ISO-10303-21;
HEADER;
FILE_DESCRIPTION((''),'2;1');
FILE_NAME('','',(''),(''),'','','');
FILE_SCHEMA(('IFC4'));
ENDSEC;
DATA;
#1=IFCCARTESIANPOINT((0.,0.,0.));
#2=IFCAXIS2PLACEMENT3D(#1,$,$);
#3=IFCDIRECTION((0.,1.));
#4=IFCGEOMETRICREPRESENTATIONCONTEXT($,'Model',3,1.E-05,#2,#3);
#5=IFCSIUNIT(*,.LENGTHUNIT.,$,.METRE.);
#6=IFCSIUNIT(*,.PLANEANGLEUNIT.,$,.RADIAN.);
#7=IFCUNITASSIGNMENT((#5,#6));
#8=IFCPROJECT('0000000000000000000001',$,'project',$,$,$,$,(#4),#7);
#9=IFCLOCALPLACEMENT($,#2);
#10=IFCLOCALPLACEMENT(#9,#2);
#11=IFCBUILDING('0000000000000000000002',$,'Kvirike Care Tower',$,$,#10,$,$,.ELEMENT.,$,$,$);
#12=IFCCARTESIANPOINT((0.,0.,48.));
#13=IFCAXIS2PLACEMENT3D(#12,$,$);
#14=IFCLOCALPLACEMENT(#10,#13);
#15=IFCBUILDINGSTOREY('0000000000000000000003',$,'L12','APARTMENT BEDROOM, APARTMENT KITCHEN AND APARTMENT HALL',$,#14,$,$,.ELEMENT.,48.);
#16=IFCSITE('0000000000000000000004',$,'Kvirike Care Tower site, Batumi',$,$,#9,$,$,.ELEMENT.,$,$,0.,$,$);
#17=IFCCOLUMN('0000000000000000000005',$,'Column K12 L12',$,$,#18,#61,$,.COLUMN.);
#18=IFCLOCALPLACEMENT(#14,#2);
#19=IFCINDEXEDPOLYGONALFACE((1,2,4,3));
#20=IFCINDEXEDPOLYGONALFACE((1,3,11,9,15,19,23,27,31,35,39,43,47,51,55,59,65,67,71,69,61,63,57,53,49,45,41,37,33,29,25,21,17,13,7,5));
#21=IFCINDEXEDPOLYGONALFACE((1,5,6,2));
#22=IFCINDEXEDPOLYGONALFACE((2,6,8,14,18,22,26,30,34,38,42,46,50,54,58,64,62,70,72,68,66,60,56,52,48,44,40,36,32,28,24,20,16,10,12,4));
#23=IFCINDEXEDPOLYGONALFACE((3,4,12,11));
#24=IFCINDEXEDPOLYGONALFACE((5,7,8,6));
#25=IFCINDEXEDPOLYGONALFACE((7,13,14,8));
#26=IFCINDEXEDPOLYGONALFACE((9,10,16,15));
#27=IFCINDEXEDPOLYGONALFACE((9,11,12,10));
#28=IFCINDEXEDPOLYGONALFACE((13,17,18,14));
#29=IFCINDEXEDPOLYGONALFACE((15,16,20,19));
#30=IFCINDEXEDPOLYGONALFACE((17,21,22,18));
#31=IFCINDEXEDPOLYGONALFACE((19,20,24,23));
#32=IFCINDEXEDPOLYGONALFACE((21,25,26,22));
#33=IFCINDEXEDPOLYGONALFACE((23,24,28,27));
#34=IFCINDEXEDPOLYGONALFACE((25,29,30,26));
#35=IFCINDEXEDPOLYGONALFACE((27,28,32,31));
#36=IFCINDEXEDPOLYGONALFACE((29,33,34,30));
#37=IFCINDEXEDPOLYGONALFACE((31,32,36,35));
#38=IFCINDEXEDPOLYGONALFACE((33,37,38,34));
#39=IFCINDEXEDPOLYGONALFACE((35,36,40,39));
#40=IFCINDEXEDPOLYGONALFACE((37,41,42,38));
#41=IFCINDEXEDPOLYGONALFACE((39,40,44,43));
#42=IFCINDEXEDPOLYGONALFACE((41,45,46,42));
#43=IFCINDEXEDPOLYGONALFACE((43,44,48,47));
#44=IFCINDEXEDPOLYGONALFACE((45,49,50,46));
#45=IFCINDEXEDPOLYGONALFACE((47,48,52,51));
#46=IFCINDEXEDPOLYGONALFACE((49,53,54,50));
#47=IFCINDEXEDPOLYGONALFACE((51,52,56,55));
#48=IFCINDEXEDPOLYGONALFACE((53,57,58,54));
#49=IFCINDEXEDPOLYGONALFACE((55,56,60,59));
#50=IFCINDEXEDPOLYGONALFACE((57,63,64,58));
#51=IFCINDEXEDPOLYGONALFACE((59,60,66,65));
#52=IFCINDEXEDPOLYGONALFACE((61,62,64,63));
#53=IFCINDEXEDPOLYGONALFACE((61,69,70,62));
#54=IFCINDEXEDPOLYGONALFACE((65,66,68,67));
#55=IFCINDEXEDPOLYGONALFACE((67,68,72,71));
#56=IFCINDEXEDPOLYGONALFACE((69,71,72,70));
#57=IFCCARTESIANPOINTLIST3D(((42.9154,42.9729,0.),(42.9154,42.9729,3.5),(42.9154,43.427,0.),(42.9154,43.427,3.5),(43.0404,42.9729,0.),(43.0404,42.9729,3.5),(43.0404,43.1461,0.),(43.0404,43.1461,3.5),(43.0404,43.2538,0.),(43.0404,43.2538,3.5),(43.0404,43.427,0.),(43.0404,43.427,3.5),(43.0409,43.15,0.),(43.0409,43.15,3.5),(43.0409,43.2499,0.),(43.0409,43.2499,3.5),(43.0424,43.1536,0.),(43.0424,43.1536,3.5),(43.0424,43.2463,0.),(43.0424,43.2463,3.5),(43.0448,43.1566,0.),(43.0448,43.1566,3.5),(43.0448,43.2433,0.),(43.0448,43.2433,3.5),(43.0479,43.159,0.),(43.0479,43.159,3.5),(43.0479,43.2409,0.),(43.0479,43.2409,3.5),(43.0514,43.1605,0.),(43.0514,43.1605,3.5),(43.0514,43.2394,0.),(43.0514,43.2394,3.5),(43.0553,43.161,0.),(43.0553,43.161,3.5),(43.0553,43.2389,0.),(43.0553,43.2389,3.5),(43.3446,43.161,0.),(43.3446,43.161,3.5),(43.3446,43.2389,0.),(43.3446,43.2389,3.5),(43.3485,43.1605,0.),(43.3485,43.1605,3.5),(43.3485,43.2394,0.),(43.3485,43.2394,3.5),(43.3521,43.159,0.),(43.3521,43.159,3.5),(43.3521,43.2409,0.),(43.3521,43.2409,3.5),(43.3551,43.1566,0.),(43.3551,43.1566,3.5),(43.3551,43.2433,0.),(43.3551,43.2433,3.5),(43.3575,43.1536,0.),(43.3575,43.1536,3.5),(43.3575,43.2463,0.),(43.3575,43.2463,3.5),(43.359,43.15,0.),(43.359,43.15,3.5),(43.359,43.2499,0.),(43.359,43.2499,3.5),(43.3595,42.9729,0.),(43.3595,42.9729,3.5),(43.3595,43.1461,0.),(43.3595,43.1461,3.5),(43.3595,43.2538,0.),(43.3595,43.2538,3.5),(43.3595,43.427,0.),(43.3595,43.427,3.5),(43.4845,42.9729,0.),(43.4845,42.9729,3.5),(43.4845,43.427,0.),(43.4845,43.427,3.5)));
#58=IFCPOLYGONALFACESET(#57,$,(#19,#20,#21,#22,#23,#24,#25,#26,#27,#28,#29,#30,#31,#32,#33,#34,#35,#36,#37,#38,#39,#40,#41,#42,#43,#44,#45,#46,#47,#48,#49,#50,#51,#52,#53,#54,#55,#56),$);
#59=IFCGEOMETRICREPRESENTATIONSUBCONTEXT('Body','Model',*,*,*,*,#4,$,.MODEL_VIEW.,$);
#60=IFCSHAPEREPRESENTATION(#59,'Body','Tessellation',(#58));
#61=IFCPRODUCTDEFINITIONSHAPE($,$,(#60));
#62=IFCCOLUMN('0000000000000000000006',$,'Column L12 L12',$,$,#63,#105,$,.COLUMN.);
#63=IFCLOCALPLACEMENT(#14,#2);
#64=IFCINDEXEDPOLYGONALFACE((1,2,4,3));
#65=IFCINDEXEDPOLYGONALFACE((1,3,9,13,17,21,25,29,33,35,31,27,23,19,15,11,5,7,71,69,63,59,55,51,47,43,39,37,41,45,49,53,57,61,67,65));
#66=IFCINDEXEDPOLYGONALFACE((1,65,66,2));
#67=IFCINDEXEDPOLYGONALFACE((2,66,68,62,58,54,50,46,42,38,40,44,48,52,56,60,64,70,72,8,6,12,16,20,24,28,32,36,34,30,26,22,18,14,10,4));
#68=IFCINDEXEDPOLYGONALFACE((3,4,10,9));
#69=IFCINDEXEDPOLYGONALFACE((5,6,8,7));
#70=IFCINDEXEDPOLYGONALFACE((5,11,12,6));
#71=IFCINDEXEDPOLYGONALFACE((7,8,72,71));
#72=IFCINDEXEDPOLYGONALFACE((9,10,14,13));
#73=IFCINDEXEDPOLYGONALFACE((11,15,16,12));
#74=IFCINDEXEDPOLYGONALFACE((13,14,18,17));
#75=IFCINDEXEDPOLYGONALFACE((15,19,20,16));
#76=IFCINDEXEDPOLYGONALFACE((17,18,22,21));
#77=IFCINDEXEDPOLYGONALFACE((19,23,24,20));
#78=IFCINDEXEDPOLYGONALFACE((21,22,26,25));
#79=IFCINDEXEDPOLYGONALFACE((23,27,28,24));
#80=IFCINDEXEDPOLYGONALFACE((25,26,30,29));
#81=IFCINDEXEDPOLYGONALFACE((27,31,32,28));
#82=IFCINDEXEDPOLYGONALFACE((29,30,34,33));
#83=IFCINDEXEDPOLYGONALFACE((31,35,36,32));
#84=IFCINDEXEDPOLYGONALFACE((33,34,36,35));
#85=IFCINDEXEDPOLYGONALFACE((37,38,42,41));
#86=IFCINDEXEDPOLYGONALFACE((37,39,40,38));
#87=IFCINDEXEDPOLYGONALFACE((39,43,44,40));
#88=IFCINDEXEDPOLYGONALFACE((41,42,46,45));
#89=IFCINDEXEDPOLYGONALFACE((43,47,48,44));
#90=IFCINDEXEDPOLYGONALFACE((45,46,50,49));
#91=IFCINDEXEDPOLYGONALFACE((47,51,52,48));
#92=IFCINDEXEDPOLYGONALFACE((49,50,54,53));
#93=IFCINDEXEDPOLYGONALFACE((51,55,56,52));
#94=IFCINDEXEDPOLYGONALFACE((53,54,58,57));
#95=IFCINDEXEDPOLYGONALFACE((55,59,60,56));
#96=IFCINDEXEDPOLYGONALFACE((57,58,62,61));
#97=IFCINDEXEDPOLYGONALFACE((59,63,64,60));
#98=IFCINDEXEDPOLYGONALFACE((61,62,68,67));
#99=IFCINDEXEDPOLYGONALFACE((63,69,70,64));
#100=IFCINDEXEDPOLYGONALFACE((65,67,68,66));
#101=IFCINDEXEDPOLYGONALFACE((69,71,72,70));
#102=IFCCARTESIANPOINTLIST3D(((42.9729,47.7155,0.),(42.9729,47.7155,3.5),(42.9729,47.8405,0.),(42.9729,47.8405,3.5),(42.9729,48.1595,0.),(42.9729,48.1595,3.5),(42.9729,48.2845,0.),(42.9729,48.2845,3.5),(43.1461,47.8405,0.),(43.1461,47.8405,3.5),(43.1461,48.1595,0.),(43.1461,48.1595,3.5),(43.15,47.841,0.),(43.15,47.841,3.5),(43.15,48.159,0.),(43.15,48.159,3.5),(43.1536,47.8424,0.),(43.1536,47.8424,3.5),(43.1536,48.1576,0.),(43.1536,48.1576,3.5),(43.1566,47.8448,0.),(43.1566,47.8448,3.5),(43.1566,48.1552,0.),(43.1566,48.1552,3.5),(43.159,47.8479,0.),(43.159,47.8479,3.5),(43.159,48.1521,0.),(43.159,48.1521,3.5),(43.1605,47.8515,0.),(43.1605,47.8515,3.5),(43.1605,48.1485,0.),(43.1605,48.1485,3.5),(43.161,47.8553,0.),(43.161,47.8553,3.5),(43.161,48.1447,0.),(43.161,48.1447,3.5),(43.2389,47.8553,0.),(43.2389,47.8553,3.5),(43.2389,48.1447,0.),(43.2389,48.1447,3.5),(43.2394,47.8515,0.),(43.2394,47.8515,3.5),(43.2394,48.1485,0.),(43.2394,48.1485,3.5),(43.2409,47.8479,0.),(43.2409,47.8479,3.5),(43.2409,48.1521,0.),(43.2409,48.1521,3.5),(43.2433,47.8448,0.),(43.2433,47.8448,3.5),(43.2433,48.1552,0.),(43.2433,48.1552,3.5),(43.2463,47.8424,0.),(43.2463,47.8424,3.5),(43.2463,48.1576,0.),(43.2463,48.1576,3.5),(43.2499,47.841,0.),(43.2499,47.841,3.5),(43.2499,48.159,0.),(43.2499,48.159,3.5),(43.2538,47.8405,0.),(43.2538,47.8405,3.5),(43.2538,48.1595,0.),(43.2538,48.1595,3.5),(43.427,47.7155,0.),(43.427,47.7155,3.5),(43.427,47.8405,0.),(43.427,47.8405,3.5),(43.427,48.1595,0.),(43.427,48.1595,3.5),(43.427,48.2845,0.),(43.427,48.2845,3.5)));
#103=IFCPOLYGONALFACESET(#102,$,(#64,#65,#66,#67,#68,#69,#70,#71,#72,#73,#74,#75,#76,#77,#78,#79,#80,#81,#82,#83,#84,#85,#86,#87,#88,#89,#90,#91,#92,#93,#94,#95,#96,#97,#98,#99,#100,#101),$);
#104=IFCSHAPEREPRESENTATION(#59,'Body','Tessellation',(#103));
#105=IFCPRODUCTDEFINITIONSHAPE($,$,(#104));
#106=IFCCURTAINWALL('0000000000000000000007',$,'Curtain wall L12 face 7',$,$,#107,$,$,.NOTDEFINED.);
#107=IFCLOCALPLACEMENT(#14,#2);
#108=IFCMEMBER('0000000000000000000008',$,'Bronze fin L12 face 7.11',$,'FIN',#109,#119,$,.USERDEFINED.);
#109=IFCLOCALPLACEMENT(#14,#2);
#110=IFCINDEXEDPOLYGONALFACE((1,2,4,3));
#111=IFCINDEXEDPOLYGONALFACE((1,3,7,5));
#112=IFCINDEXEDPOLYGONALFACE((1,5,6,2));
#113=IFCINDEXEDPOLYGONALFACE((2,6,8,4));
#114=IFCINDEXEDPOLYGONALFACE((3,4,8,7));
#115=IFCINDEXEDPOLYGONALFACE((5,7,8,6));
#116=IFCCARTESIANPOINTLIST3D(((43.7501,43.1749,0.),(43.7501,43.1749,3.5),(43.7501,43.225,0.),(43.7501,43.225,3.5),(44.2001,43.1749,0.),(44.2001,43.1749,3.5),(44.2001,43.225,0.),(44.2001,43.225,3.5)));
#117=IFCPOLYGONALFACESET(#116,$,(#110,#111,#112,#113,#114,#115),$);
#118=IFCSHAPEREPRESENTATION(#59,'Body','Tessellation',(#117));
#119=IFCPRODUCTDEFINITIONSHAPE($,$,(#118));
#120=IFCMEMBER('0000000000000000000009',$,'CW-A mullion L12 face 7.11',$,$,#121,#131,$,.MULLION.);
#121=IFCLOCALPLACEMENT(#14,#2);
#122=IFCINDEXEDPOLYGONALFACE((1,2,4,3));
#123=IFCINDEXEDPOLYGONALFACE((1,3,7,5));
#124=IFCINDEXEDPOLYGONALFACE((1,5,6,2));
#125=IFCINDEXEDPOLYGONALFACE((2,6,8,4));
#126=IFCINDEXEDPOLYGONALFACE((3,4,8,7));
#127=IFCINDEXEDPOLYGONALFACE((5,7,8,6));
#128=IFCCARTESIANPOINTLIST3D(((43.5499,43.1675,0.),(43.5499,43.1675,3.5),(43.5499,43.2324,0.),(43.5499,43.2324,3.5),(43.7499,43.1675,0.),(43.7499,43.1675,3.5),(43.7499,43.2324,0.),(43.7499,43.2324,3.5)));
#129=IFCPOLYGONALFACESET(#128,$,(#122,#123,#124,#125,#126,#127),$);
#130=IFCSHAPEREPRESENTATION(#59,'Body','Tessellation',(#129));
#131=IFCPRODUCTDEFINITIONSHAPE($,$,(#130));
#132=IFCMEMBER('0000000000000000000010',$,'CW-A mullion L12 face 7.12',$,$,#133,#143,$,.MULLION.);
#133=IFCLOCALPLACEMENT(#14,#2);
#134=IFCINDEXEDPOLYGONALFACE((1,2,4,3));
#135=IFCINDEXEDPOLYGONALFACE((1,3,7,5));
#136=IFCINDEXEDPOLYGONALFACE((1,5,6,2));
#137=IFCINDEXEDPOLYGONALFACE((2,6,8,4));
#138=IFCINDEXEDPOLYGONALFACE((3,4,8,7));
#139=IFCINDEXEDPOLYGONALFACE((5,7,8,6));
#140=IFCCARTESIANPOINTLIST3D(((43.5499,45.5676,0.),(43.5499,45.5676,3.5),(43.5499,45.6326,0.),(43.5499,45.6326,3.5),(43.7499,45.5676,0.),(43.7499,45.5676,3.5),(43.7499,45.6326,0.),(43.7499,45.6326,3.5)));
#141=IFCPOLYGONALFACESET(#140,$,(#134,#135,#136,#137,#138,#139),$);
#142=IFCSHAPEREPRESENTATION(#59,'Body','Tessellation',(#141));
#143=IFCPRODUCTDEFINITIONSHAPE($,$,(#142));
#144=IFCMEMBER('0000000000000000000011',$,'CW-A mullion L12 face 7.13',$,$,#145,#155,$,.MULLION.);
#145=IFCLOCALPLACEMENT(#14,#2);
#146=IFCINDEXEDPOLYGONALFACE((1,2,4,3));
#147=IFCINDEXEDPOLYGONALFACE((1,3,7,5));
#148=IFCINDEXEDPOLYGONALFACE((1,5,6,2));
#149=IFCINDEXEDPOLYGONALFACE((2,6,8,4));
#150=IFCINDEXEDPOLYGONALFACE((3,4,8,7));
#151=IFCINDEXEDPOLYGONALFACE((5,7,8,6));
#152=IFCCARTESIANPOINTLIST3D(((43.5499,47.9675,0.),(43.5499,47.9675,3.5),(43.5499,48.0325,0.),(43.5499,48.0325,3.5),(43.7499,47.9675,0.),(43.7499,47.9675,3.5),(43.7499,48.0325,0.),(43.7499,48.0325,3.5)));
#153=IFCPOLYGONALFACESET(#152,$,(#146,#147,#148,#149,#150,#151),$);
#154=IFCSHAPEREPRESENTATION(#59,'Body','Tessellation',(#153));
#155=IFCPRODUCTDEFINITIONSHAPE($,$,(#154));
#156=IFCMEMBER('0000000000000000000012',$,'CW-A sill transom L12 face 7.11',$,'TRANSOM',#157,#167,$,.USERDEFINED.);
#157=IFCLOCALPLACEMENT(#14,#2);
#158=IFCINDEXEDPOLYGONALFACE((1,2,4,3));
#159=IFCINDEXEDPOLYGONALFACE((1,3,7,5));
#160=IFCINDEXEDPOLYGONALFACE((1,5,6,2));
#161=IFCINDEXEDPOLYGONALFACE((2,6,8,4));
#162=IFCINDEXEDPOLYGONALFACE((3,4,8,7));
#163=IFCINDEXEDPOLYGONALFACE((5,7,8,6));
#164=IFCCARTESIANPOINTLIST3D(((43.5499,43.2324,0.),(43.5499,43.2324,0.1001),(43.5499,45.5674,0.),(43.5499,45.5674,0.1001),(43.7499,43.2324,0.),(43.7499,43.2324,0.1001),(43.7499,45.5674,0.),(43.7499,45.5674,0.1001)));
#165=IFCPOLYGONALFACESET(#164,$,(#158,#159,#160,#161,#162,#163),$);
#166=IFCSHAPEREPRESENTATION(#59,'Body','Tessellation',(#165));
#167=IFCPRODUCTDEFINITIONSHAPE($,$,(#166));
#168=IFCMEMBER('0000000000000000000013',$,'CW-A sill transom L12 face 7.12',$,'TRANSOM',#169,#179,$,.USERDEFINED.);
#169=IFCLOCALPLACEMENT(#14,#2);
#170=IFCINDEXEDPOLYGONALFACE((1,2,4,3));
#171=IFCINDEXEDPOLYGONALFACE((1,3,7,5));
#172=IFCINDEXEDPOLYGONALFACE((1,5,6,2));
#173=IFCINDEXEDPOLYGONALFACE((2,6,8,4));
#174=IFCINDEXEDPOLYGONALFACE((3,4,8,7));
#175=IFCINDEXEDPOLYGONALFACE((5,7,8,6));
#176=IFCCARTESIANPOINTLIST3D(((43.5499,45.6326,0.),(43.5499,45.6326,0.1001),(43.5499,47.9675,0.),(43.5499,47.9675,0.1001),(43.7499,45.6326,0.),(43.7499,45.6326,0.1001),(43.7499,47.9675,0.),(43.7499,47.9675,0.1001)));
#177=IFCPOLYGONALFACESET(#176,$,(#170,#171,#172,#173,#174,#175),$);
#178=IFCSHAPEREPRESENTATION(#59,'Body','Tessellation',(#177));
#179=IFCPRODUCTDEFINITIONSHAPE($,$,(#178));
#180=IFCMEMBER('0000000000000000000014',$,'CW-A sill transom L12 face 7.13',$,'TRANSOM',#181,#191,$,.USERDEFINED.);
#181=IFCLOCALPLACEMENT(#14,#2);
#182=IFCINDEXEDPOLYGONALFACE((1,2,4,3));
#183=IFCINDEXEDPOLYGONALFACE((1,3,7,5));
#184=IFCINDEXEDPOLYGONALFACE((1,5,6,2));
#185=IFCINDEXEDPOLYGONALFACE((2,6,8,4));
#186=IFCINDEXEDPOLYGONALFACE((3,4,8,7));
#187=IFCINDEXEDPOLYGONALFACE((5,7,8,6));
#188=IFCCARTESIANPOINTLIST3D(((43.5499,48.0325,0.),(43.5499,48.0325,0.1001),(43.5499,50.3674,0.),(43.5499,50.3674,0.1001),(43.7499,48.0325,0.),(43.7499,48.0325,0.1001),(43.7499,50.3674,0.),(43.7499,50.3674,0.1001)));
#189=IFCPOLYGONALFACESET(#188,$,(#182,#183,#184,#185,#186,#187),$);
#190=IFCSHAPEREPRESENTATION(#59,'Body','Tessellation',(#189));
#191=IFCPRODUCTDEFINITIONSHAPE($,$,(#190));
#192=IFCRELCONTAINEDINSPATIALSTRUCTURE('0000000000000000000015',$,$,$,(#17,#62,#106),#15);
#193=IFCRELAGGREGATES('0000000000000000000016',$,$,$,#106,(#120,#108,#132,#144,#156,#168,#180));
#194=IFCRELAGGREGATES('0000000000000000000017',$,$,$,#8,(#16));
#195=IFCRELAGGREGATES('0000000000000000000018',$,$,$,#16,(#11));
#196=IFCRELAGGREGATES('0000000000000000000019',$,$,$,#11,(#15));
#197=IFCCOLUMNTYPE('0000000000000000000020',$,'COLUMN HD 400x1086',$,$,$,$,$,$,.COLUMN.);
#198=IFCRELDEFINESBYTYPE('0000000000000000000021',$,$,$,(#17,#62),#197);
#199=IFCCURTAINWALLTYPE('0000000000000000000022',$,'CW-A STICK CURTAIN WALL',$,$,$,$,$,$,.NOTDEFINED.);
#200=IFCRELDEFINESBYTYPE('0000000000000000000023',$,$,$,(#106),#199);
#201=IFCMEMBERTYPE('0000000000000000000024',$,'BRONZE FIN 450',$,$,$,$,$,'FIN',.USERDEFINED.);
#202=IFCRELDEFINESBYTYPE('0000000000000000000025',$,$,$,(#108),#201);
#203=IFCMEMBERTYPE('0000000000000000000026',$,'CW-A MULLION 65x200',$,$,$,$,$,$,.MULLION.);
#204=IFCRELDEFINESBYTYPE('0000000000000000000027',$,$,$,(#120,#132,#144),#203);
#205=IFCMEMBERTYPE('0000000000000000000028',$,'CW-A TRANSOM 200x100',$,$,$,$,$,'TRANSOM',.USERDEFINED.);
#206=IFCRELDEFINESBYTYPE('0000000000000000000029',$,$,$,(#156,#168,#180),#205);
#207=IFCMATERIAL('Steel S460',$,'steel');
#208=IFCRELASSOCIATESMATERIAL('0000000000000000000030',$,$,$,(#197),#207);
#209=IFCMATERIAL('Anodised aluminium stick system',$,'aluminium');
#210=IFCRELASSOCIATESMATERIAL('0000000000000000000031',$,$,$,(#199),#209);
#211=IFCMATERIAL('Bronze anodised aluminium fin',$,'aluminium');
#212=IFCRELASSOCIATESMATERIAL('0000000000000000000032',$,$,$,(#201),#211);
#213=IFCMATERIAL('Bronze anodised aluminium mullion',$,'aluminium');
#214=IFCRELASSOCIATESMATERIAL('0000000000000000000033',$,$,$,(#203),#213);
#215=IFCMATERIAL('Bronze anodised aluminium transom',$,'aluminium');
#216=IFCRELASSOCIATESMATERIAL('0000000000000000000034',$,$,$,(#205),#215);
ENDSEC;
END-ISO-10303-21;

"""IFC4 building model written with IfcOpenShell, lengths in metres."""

from ifc_helpers import new_model, si_unit, direction, frame, origin, origin_2d, place, context, subcontext, project, spatial, rectangle, i_section, extrude, material, material_profile, profile_set, type_object, element, aggregate, save


model = new_model("IFC4")

# Units and contexts
model_context = context("Model", 3, precision=1e-05, world=origin(), true_north=direction((0.0, 1.0)))
body_context = subcontext(model_context, "Body", "Model", "MODEL_VIEW")
ifc_project = project(units=[si_unit("LENGTHUNIT", "METRE"), si_unit("PLANEANGLEUNIT", "RADIAN")], contexts=[model_context])

# Site, building, storey
site_placement = place(None, origin())
site = spatial("IfcSite", under=ifc_project, at=site_placement, Name="Kvirike Care Tower site, Batumi", CompositionType="ELEMENT", RefElevation=0.0)
building_placement = place(site_placement, origin())
building = spatial("IfcBuilding", under=site, at=building_placement, Name="Kvirike Care Tower", CompositionType="ELEMENT")
storey_placement = place(building_placement, frame((0.0, 0.0, 48.0)))
storey = spatial("IfcBuildingStorey", under=building, at=storey_placement, Name="L12", Description="APARTMENT BEDROOM, APARTMENT KITCHEN AND APARTMENT HALL", CompositionType="ELEMENT", Elevation=48.0)

# Columns
ifc_material_1 = material(Name="Steel S460", Category="steel")
ifc_material_profile_1 = material_profile(ifc_material_1, i_section(OverallWidth=0.4541, OverallDepth=0.5691, WebThickness=0.0779, FlangeThickness=0.125, FilletRadius=0.0149, at=origin_2d()), Name="HD 400x1086")
ifc_profile_set_1 = profile_set([ifc_material_profile_1], Name="Steel S460")
column_type = type_object("IfcColumnType", Name="COLUMN HD 400x1086", PredefinedType="COLUMN", material=ifc_profile_set_1)
for number, where, z_axis, x_axis, name in (
    (1, (43.2, 43.2, 0.0), (0.0, 0.0, 1.0), (0.0, 1.0, 0.0), "Column K12 L12"),
    (2, (43.2, 48.0, 0.0), (0.0, 0.0, 1.0), (1.0, 0.0, 0.0), "Column L12 L12"),
):
    element("IfcColumn", number, at=place(storey_placement, frame(where, z_axis=z_axis, x_axis=x_axis)), inside=storey, type_object=column_type, Name=name, PredefinedType="COLUMN", context=body_context, shape_type="SweptSolid", body=[
        extrude(i_section(OverallWidth=0.4541, OverallDepth=0.5691, WebThickness=0.0779, FlangeThickness=0.125, FilletRadius=0.0149, at=origin_2d()), origin(), (0.0, 0.0, 1.0), 3.5),
    ])

# Curtain wall, members
ifc_material_2 = material(Name="Anodised aluminium stick system", Category="aluminium")
curtain_wall_type = type_object("IfcCurtainWallType", Name="CW-A STICK CURTAIN WALL", PredefinedType="NOTDEFINED", material=ifc_material_2)
curtain_wall_placement = place(storey_placement, origin())
curtain_wall = element("IfcCurtainWall", 3, at=curtain_wall_placement, inside=storey, type_object=curtain_wall_type, Name="Curtain wall L12 face 7", PredefinedType="NOTDEFINED")
ifc_material_3 = material(Name="Bronze anodised aluminium fin", Category="aluminium")
ifc_material_profile_2 = material_profile(ifc_material_3, rectangle(XDim=0.05, YDim=0.45, at=origin_2d()), Name="BRONZE FIN 450")
ifc_profile_set_2 = profile_set([ifc_material_profile_2], Name="Bronze anodised aluminium fin")
member_type_1 = type_object("IfcMemberType", Name="BRONZE FIN 450", ElementType="FIN", PredefinedType="USERDEFINED", material=ifc_profile_set_2)
member_1_placement = place(storey_placement, frame((43.9751, 43.2, 0.0), z_axis=(0.0, 0.0, 1.0), x_axis=(0.0, 1.0, 0.0)))
member_1 = element("IfcMember", 4, at=member_1_placement, type_object=member_type_1, Name="Bronze fin L12 face 7.11", ObjectType="FIN", PredefinedType="USERDEFINED", context=body_context, shape_type="SweptSolid", body=[
    extrude(rectangle(XDim=0.05, YDim=0.45, at=origin_2d()), origin(), (0.0, 0.0, 1.0), 3.5),
])
ifc_material_4 = material(Name="Bronze anodised aluminium mullion", Category="aluminium")
ifc_material_profile_3 = material_profile(ifc_material_4, rectangle(XDim=0.0649, YDim=0.2, at=origin_2d()), Name="CW-A MULLION 65x200")
ifc_profile_set_3 = profile_set([ifc_material_profile_3], Name="Bronze anodised aluminium mullion")
member_type_2 = type_object("IfcMemberType", Name="CW-A MULLION 65x200", PredefinedType="MULLION", material=ifc_profile_set_3)
member_2_placement = place(storey_placement, frame((43.6499, 43.2, 0.0), z_axis=(0.0, 0.0, 1.0), x_axis=(0.0, 1.0, 0.0)))
member_2 = element("IfcMember", 5, at=member_2_placement, type_object=member_type_2, Name="CW-A mullion L12 face 7.11", PredefinedType="MULLION", context=body_context, shape_type="SweptSolid", body=[
    extrude(rectangle(XDim=0.0649, YDim=0.2, at=origin_2d()), origin(), (0.0, 0.0, 1.0), 3.5),
])
member_3_placement = place(storey_placement, frame((43.6499, 45.6001, 0.0), z_axis=(0.0, 0.0, 1.0), x_axis=(0.0, 1.0, 0.0)))
member_3 = element("IfcMember", 6, at=member_3_placement, type_object=member_type_2, Name="CW-A mullion L12 face 7.12", PredefinedType="MULLION", context=body_context, shape_type="SweptSolid", body=[
    extrude(rectangle(XDim=0.0649, YDim=0.2, at=origin_2d()), origin(), (0.0, 0.0, 1.0), 3.5),
])
member_4_placement = place(storey_placement, frame((43.6499, 48.0, 0.0), z_axis=(0.0, 0.0, 1.0), x_axis=(0.0, 1.0, 0.0)))
member_4 = element("IfcMember", 7, at=member_4_placement, type_object=member_type_2, Name="CW-A mullion L12 face 7.13", PredefinedType="MULLION", context=body_context, shape_type="SweptSolid", body=[
    extrude(rectangle(XDim=0.0649, YDim=0.2, at=origin_2d()), origin(), (0.0, 0.0, 1.0), 3.5),
])
ifc_material_5 = material(Name="Bronze anodised aluminium transom", Category="aluminium")
ifc_material_profile_4 = material_profile(ifc_material_5, rectangle(XDim=0.2, YDim=0.1001, at=origin_2d()), Name="CW-A TRANSOM 200x100")
ifc_profile_set_4 = profile_set([ifc_material_profile_4], Name="Bronze anodised aluminium transom")
member_type_3 = type_object("IfcMemberType", Name="CW-A TRANSOM 200x100", ElementType="TRANSOM", PredefinedType="USERDEFINED", material=ifc_profile_set_4)
member_5_placement = place(storey_placement, frame((43.6499, 43.2324, 0.05), z_axis=(0.0, 1.0, 0.0), x_axis=(-1.0, 0.0, 0.0)))
member_5 = element("IfcMember", 8, at=member_5_placement, type_object=member_type_3, Name="CW-A sill transom L12 face 7.11", ObjectType="TRANSOM", PredefinedType="USERDEFINED", context=body_context, shape_type="SweptSolid", body=[
    extrude(rectangle(XDim=0.2, YDim=0.1001, at=origin_2d()), origin(), (0.0, 0.0, 1.0), 2.335),
])
member_6_placement = place(storey_placement, frame((43.6499, 45.6326, 0.05), z_axis=(0.0, 1.0, 0.0), x_axis=(-1.0, 0.0, 0.0)))
member_6 = element("IfcMember", 9, at=member_6_placement, type_object=member_type_3, Name="CW-A sill transom L12 face 7.12", ObjectType="TRANSOM", PredefinedType="USERDEFINED", context=body_context, shape_type="SweptSolid", body=[
    extrude(rectangle(XDim=0.2, YDim=0.1001, at=origin_2d()), origin(), (0.0, 0.0, 1.0), 2.335),
])
member_7_placement = place(storey_placement, frame((43.6499, 48.0325, 0.05), z_axis=(0.0, 1.0, 0.0), x_axis=(-1.0, 0.0, 0.0)))
member_7 = element("IfcMember", 10, at=member_7_placement, type_object=member_type_3, Name="CW-A sill transom L12 face 7.13", ObjectType="TRANSOM", PredefinedType="USERDEFINED", context=body_context, shape_type="SweptSolid", body=[
    extrude(rectangle(XDim=0.2, YDim=0.1001, at=origin_2d()), origin(), (0.0, 0.0, 1.0), 2.335),
])

aggregate(curtain_wall, [member_2, member_1, member_3, member_4, member_5, member_6, member_7])

save(model, "model.ifc")
